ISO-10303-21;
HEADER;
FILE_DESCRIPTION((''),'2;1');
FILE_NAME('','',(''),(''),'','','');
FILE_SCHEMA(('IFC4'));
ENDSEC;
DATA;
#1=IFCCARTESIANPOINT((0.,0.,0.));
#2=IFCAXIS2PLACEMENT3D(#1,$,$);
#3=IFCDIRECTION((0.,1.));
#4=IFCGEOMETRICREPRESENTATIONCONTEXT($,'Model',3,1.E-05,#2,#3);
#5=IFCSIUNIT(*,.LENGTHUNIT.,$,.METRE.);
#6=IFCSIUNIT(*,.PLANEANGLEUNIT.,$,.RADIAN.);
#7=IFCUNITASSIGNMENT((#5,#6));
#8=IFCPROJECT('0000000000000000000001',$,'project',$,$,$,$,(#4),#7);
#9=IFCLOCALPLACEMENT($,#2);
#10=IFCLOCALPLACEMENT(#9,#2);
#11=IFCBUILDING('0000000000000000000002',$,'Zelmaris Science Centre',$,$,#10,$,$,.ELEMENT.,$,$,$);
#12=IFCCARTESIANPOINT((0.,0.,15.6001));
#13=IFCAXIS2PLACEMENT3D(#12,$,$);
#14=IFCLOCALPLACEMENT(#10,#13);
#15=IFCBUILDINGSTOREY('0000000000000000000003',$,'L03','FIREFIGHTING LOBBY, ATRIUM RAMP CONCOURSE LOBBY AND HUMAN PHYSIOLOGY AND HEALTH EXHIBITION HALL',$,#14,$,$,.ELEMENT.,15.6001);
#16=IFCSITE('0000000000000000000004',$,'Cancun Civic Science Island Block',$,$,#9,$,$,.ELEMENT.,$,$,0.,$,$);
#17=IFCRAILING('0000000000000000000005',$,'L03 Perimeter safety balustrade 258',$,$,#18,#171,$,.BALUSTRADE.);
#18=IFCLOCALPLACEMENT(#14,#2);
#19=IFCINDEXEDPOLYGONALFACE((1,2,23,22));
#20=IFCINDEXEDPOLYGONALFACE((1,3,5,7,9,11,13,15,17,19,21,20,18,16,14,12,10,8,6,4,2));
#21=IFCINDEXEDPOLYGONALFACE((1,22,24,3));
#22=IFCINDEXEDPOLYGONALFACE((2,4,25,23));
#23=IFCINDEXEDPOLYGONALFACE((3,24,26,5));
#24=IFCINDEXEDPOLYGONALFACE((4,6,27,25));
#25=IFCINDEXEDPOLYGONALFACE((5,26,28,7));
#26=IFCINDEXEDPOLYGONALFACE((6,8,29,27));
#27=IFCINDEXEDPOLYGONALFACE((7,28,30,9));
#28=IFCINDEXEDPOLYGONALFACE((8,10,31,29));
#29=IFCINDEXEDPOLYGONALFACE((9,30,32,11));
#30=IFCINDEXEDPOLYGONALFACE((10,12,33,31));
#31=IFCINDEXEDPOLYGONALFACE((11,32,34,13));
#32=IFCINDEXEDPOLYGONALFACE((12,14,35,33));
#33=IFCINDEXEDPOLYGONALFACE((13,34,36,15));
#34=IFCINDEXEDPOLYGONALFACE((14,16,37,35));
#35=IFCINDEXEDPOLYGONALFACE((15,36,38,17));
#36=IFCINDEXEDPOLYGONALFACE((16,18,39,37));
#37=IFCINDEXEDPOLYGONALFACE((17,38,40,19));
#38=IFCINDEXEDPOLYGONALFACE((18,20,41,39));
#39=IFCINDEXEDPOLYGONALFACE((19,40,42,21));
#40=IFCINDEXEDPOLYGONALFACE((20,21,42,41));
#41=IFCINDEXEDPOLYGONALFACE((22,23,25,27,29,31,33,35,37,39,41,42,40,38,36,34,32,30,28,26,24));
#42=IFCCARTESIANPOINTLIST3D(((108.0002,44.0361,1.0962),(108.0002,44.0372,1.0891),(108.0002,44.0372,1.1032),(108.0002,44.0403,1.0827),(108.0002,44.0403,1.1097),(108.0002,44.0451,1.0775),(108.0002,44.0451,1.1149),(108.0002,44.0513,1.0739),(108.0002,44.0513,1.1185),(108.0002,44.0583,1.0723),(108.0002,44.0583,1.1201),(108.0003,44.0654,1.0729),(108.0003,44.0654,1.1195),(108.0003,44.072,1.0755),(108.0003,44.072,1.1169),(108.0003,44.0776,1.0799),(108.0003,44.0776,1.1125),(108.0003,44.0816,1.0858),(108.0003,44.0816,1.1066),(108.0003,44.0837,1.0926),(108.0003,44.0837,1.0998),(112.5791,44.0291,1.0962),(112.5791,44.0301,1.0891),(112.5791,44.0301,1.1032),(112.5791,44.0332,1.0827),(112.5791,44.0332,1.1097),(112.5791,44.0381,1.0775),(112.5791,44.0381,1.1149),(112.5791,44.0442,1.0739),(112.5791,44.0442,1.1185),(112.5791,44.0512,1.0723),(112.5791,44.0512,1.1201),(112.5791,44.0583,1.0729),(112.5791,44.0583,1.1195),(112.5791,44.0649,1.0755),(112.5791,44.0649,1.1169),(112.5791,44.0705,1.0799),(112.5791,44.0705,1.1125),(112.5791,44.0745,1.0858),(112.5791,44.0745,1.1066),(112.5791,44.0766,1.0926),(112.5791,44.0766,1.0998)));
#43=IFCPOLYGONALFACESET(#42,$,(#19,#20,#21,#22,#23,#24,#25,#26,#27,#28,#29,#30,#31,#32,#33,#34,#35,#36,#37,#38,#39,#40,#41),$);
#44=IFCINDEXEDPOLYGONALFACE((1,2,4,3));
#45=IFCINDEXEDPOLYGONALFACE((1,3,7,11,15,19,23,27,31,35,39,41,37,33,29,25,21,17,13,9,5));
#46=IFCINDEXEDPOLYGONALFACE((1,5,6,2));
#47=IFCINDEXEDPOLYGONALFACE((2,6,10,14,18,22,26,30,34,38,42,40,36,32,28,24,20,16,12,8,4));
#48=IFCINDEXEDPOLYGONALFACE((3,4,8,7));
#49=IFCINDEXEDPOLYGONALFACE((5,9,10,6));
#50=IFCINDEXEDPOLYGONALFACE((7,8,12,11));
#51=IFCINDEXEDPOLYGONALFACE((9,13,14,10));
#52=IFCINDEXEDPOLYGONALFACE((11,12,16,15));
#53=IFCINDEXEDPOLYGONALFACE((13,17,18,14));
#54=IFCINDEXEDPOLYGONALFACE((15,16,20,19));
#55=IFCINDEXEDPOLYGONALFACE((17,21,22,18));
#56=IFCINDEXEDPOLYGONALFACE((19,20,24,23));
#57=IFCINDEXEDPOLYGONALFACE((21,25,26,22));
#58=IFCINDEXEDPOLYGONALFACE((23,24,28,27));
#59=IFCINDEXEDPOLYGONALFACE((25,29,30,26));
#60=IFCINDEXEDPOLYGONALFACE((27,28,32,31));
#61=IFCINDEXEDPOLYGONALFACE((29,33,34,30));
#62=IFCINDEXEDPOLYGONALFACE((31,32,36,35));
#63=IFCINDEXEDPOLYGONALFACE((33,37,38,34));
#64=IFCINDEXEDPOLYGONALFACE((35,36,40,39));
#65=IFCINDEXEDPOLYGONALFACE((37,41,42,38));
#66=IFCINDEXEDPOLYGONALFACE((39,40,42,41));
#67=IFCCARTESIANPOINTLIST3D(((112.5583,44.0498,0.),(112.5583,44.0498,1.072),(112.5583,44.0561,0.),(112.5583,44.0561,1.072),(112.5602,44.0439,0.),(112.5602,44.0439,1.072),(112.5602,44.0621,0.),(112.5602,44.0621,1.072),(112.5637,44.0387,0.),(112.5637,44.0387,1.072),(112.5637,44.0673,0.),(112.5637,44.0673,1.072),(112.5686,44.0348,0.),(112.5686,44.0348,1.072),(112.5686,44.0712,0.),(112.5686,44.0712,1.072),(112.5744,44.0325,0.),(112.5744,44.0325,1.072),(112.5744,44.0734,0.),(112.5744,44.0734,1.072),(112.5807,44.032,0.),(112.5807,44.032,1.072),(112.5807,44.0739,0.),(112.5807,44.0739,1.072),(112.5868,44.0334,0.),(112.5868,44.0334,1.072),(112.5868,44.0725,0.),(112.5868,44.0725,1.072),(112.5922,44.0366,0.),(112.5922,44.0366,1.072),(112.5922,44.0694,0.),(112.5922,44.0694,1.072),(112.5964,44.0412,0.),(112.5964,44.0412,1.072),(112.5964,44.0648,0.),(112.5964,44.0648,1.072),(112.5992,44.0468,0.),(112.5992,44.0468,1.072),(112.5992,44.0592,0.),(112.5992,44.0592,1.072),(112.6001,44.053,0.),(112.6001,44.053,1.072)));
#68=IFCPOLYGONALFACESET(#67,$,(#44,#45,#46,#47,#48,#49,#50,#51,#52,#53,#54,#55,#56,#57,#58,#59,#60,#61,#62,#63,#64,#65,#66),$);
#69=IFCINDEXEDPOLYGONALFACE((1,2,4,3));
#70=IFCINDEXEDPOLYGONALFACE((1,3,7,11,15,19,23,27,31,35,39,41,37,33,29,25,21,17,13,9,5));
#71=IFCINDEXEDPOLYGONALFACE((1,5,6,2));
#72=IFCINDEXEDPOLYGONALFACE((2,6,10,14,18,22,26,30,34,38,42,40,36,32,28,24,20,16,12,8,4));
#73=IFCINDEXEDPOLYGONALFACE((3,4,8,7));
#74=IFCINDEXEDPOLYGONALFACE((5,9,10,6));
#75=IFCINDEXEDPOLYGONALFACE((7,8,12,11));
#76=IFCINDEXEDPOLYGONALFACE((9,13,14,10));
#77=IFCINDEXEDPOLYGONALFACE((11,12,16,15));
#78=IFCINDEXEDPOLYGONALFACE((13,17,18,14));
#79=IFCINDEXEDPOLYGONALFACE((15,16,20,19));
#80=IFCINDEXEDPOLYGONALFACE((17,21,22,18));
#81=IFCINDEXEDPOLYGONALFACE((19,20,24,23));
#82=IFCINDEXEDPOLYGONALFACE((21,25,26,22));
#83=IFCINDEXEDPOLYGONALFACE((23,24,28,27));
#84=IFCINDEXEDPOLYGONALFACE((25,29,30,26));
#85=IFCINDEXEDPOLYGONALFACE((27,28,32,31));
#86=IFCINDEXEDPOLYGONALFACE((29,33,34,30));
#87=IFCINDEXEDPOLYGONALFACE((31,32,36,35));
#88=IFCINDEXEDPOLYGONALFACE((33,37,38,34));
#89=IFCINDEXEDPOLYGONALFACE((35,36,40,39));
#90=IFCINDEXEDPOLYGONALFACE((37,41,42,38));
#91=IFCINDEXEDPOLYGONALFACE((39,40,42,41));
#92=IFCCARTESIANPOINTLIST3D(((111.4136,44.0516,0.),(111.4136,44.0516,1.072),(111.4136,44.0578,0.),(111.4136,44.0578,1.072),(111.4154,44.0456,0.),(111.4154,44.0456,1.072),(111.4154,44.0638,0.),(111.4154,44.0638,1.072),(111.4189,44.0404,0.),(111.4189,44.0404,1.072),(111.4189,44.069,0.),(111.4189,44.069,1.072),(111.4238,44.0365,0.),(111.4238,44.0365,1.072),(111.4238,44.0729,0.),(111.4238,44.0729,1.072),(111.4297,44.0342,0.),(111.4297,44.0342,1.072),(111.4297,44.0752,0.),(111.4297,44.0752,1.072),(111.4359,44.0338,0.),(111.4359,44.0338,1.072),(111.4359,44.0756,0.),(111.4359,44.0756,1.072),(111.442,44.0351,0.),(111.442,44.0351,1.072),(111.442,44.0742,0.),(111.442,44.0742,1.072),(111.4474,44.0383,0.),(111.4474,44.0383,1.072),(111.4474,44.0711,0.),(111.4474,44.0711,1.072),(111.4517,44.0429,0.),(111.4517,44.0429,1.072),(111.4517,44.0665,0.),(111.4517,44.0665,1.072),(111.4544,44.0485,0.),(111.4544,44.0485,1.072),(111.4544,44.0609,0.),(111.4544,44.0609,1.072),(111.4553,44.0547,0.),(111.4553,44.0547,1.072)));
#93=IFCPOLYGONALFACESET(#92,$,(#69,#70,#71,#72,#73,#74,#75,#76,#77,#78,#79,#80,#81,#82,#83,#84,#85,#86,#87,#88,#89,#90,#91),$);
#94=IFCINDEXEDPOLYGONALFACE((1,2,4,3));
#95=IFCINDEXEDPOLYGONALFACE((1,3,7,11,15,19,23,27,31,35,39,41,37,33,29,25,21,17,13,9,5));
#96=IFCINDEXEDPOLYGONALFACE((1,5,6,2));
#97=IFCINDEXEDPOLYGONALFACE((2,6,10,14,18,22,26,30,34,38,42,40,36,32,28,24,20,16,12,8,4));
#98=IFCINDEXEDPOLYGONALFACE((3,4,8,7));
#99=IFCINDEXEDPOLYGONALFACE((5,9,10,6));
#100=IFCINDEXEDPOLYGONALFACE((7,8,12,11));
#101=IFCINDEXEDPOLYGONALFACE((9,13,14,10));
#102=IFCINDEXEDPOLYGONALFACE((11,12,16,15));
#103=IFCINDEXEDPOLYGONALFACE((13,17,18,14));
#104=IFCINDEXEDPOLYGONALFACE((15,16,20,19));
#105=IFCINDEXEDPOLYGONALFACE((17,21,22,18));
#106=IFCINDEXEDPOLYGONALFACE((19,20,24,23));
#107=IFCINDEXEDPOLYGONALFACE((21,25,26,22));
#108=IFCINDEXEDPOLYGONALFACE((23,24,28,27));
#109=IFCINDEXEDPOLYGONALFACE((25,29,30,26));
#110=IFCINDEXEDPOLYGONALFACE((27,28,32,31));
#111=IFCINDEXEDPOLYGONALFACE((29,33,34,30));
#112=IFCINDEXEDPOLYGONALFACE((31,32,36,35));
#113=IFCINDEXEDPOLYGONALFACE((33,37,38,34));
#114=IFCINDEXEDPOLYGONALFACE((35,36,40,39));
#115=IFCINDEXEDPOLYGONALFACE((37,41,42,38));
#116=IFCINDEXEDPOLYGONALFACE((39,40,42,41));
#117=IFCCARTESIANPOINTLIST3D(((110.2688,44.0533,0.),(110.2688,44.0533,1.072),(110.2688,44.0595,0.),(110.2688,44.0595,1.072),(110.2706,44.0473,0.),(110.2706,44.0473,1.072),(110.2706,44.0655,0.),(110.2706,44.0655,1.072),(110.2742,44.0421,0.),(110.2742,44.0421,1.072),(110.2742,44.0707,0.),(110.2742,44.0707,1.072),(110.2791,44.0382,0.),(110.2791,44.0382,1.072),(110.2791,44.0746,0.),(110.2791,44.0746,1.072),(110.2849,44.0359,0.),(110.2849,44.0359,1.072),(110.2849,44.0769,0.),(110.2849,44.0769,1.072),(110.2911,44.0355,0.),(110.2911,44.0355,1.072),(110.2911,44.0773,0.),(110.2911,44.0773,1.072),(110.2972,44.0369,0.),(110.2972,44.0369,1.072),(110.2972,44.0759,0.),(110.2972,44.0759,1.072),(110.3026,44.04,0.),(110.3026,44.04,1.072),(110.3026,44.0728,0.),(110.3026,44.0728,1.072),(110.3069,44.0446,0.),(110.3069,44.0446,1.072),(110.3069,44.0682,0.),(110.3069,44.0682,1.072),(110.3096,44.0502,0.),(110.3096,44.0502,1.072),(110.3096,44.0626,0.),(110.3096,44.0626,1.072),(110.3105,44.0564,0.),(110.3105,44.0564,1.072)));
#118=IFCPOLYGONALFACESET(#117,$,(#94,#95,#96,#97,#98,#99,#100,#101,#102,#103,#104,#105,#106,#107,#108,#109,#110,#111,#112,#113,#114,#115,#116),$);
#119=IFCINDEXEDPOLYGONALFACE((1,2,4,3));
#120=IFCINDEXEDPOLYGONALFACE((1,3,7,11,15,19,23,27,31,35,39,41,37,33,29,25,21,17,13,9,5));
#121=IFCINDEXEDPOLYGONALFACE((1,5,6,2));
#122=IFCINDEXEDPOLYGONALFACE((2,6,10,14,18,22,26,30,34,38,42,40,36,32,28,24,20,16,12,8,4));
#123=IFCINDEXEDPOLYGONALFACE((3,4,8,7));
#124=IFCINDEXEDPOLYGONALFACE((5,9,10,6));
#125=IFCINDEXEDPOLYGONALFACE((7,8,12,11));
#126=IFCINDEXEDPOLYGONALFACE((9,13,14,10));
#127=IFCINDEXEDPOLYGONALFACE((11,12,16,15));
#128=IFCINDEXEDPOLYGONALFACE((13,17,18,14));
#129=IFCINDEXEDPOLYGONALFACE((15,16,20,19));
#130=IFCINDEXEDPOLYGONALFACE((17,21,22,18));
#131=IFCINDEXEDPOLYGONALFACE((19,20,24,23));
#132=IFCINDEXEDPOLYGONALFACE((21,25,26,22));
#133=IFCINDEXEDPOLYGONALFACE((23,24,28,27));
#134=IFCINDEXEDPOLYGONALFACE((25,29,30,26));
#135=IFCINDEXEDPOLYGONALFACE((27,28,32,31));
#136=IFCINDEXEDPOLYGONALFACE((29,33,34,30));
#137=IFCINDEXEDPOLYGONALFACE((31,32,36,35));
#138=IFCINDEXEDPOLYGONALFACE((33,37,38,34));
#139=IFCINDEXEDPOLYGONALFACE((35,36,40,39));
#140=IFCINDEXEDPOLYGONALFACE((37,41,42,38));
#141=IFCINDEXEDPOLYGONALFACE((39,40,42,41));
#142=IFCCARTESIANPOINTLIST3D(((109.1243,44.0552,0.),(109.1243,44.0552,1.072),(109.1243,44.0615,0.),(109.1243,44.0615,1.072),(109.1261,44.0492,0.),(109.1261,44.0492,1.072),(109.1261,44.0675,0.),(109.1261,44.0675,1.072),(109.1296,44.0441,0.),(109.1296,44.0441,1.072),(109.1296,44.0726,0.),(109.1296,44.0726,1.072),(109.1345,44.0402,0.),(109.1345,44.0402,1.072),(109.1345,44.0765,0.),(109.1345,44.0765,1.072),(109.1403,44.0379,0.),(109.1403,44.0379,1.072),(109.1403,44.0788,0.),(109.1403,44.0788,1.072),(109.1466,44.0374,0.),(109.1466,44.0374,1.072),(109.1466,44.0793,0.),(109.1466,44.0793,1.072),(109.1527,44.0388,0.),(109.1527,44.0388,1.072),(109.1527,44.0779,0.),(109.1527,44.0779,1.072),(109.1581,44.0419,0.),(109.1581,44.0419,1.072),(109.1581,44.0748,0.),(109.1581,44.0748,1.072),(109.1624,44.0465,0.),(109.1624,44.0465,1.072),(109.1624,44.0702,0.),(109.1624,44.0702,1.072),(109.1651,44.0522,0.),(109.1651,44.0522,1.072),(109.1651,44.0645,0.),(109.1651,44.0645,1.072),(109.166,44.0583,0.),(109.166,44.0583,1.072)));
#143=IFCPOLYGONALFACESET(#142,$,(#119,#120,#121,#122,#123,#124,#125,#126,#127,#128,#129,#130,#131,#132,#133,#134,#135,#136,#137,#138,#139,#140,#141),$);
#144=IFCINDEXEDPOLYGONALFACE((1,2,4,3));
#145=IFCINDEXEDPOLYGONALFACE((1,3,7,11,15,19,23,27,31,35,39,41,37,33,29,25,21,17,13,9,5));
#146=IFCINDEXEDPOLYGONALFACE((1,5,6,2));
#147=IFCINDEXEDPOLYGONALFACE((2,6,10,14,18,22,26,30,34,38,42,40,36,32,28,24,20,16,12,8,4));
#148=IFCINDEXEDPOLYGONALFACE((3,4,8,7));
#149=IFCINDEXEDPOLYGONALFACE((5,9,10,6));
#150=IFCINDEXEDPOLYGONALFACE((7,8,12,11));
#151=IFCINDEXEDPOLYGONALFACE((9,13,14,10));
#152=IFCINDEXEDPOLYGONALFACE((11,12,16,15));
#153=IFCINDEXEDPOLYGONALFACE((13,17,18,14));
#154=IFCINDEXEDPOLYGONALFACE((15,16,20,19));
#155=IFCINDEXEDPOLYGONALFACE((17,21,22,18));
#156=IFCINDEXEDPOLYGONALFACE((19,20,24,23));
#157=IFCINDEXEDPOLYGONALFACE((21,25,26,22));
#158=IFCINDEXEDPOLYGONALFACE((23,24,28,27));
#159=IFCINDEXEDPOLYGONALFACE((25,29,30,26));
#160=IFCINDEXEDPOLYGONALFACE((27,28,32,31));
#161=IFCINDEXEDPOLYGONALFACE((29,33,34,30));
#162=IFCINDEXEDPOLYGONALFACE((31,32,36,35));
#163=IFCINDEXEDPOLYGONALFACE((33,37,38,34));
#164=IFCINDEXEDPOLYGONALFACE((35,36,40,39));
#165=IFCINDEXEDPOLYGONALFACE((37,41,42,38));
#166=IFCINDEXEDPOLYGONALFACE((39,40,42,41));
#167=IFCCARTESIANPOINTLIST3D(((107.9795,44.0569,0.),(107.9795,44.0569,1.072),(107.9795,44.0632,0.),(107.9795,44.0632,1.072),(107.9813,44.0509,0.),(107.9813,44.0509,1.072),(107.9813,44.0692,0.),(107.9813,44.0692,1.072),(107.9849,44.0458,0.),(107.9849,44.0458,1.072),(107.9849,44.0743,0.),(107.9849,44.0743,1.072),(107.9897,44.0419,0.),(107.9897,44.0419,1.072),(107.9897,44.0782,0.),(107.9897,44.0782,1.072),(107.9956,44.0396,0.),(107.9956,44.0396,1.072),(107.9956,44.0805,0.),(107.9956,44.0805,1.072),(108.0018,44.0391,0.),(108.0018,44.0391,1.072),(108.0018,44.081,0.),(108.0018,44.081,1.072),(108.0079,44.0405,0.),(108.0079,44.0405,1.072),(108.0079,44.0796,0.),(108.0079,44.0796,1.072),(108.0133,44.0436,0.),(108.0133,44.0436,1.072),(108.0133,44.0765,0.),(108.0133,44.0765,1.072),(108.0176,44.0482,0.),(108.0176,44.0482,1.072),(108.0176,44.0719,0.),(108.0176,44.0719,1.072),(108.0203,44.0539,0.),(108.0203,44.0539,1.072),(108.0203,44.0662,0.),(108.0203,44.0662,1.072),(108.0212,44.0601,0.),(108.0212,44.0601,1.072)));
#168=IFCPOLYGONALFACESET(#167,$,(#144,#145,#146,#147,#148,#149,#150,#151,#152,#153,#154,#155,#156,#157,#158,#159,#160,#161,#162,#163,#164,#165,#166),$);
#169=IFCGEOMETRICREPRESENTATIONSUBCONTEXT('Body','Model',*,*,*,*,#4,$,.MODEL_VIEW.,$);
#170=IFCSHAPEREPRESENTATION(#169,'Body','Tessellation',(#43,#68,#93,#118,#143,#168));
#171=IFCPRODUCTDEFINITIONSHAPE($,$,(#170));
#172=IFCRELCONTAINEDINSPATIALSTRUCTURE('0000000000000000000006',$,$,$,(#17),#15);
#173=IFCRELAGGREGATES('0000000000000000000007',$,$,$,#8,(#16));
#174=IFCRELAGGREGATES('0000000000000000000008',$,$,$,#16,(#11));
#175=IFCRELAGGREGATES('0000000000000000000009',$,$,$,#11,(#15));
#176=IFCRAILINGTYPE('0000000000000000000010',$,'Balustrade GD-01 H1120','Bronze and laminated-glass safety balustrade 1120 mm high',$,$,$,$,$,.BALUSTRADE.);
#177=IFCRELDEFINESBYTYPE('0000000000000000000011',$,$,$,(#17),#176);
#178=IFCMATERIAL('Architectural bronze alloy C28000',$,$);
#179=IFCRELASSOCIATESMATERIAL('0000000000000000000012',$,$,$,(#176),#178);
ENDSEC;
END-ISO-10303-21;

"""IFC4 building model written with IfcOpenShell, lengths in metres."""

from ifc_helpers import new_model, si_unit, direction, frame, origin, origin_2d, place, context, subcontext, project, spatial, circle, extrude, material, type_object, element, save


model = new_model("IFC4")

# Units and contexts
model_context = context("Model", 3, precision=1e-05, world=origin(), true_north=direction((0.0, 1.0)))
body_context = subcontext(model_context, "Body", "Model", "MODEL_VIEW")
ifc_project = project(units=[si_unit("LENGTHUNIT", "METRE"), si_unit("PLANEANGLEUNIT", "RADIAN")], contexts=[model_context])

# Site, building, storey
site_placement = place(None, origin())
site = spatial("IfcSite", under=ifc_project, at=site_placement, Name="Cancun Civic Science Island Block", CompositionType="ELEMENT", RefElevation=0.0)
building_placement = place(site_placement, origin())
building = spatial("IfcBuilding", under=site, at=building_placement, Name="Zelmaris Science Centre", CompositionType="ELEMENT")
storey_placement = place(building_placement, frame((0.0, 0.0, 15.6001)))
storey = spatial("IfcBuildingStorey", under=building, at=storey_placement, Name="L03", Description="FIREFIGHTING LOBBY, ATRIUM RAMP CONCOURSE LOBBY AND HUMAN PHYSIOLOGY AND HEALTH EXHIBITION HALL", CompositionType="ELEMENT", Elevation=15.6001)

# Railing
ifc_material_1 = material(Name="Architectural bronze alloy C28000")
railing_type = type_object("IfcRailingType", Name="Balustrade GD-01 H1120", Description="Bronze and laminated-glass safety balustrade 1120 mm high", PredefinedType="BALUSTRADE", material=ifc_material_1)
railing_placement = place(storey_placement, frame((112.5791, 44.053, 0.0)))
element("IfcRailing", 1, at=railing_placement, inside=storey, type_object=railing_type, Name="L03 Perimeter safety balustrade 258", PredefinedType="BALUSTRADE", context=body_context, shape_type="SweptSolid", body=[
    extrude(circle(Radius=0.0239, at=origin_2d()), frame((0.0, 0.0, 1.0962), z_axis=(-0.999999, 0.001546, 0.0), x_axis=(-0.001546, -0.999999, 0.0)), (0.0, 0.0, 1.0), 4.5789),
    extrude(circle(Radius=0.021, at=origin_2d()), origin(), (0.0, 0.0, 1.0), 1.072),
    extrude(circle(Radius=0.021, at=origin_2d()), frame((-1.1448, 0.0017, 0.0)), (0.0, 0.0, 1.0), 1.072),
    extrude(circle(Radius=0.021, at=origin_2d()), frame((-2.2896, 0.0034, 0.0)), (0.0, 0.0, 1.0), 1.072),
    extrude(circle(Radius=0.021, at=origin_2d()), frame((-3.4341, 0.0054, 0.0)), (0.0, 0.0, 1.0), 1.072),
    extrude(circle(Radius=0.021, at=origin_2d()), frame((-4.5789, 0.0071, 0.0)), (0.0, 0.0, 1.0), 1.072),
])

save(model, "model.ifc")
